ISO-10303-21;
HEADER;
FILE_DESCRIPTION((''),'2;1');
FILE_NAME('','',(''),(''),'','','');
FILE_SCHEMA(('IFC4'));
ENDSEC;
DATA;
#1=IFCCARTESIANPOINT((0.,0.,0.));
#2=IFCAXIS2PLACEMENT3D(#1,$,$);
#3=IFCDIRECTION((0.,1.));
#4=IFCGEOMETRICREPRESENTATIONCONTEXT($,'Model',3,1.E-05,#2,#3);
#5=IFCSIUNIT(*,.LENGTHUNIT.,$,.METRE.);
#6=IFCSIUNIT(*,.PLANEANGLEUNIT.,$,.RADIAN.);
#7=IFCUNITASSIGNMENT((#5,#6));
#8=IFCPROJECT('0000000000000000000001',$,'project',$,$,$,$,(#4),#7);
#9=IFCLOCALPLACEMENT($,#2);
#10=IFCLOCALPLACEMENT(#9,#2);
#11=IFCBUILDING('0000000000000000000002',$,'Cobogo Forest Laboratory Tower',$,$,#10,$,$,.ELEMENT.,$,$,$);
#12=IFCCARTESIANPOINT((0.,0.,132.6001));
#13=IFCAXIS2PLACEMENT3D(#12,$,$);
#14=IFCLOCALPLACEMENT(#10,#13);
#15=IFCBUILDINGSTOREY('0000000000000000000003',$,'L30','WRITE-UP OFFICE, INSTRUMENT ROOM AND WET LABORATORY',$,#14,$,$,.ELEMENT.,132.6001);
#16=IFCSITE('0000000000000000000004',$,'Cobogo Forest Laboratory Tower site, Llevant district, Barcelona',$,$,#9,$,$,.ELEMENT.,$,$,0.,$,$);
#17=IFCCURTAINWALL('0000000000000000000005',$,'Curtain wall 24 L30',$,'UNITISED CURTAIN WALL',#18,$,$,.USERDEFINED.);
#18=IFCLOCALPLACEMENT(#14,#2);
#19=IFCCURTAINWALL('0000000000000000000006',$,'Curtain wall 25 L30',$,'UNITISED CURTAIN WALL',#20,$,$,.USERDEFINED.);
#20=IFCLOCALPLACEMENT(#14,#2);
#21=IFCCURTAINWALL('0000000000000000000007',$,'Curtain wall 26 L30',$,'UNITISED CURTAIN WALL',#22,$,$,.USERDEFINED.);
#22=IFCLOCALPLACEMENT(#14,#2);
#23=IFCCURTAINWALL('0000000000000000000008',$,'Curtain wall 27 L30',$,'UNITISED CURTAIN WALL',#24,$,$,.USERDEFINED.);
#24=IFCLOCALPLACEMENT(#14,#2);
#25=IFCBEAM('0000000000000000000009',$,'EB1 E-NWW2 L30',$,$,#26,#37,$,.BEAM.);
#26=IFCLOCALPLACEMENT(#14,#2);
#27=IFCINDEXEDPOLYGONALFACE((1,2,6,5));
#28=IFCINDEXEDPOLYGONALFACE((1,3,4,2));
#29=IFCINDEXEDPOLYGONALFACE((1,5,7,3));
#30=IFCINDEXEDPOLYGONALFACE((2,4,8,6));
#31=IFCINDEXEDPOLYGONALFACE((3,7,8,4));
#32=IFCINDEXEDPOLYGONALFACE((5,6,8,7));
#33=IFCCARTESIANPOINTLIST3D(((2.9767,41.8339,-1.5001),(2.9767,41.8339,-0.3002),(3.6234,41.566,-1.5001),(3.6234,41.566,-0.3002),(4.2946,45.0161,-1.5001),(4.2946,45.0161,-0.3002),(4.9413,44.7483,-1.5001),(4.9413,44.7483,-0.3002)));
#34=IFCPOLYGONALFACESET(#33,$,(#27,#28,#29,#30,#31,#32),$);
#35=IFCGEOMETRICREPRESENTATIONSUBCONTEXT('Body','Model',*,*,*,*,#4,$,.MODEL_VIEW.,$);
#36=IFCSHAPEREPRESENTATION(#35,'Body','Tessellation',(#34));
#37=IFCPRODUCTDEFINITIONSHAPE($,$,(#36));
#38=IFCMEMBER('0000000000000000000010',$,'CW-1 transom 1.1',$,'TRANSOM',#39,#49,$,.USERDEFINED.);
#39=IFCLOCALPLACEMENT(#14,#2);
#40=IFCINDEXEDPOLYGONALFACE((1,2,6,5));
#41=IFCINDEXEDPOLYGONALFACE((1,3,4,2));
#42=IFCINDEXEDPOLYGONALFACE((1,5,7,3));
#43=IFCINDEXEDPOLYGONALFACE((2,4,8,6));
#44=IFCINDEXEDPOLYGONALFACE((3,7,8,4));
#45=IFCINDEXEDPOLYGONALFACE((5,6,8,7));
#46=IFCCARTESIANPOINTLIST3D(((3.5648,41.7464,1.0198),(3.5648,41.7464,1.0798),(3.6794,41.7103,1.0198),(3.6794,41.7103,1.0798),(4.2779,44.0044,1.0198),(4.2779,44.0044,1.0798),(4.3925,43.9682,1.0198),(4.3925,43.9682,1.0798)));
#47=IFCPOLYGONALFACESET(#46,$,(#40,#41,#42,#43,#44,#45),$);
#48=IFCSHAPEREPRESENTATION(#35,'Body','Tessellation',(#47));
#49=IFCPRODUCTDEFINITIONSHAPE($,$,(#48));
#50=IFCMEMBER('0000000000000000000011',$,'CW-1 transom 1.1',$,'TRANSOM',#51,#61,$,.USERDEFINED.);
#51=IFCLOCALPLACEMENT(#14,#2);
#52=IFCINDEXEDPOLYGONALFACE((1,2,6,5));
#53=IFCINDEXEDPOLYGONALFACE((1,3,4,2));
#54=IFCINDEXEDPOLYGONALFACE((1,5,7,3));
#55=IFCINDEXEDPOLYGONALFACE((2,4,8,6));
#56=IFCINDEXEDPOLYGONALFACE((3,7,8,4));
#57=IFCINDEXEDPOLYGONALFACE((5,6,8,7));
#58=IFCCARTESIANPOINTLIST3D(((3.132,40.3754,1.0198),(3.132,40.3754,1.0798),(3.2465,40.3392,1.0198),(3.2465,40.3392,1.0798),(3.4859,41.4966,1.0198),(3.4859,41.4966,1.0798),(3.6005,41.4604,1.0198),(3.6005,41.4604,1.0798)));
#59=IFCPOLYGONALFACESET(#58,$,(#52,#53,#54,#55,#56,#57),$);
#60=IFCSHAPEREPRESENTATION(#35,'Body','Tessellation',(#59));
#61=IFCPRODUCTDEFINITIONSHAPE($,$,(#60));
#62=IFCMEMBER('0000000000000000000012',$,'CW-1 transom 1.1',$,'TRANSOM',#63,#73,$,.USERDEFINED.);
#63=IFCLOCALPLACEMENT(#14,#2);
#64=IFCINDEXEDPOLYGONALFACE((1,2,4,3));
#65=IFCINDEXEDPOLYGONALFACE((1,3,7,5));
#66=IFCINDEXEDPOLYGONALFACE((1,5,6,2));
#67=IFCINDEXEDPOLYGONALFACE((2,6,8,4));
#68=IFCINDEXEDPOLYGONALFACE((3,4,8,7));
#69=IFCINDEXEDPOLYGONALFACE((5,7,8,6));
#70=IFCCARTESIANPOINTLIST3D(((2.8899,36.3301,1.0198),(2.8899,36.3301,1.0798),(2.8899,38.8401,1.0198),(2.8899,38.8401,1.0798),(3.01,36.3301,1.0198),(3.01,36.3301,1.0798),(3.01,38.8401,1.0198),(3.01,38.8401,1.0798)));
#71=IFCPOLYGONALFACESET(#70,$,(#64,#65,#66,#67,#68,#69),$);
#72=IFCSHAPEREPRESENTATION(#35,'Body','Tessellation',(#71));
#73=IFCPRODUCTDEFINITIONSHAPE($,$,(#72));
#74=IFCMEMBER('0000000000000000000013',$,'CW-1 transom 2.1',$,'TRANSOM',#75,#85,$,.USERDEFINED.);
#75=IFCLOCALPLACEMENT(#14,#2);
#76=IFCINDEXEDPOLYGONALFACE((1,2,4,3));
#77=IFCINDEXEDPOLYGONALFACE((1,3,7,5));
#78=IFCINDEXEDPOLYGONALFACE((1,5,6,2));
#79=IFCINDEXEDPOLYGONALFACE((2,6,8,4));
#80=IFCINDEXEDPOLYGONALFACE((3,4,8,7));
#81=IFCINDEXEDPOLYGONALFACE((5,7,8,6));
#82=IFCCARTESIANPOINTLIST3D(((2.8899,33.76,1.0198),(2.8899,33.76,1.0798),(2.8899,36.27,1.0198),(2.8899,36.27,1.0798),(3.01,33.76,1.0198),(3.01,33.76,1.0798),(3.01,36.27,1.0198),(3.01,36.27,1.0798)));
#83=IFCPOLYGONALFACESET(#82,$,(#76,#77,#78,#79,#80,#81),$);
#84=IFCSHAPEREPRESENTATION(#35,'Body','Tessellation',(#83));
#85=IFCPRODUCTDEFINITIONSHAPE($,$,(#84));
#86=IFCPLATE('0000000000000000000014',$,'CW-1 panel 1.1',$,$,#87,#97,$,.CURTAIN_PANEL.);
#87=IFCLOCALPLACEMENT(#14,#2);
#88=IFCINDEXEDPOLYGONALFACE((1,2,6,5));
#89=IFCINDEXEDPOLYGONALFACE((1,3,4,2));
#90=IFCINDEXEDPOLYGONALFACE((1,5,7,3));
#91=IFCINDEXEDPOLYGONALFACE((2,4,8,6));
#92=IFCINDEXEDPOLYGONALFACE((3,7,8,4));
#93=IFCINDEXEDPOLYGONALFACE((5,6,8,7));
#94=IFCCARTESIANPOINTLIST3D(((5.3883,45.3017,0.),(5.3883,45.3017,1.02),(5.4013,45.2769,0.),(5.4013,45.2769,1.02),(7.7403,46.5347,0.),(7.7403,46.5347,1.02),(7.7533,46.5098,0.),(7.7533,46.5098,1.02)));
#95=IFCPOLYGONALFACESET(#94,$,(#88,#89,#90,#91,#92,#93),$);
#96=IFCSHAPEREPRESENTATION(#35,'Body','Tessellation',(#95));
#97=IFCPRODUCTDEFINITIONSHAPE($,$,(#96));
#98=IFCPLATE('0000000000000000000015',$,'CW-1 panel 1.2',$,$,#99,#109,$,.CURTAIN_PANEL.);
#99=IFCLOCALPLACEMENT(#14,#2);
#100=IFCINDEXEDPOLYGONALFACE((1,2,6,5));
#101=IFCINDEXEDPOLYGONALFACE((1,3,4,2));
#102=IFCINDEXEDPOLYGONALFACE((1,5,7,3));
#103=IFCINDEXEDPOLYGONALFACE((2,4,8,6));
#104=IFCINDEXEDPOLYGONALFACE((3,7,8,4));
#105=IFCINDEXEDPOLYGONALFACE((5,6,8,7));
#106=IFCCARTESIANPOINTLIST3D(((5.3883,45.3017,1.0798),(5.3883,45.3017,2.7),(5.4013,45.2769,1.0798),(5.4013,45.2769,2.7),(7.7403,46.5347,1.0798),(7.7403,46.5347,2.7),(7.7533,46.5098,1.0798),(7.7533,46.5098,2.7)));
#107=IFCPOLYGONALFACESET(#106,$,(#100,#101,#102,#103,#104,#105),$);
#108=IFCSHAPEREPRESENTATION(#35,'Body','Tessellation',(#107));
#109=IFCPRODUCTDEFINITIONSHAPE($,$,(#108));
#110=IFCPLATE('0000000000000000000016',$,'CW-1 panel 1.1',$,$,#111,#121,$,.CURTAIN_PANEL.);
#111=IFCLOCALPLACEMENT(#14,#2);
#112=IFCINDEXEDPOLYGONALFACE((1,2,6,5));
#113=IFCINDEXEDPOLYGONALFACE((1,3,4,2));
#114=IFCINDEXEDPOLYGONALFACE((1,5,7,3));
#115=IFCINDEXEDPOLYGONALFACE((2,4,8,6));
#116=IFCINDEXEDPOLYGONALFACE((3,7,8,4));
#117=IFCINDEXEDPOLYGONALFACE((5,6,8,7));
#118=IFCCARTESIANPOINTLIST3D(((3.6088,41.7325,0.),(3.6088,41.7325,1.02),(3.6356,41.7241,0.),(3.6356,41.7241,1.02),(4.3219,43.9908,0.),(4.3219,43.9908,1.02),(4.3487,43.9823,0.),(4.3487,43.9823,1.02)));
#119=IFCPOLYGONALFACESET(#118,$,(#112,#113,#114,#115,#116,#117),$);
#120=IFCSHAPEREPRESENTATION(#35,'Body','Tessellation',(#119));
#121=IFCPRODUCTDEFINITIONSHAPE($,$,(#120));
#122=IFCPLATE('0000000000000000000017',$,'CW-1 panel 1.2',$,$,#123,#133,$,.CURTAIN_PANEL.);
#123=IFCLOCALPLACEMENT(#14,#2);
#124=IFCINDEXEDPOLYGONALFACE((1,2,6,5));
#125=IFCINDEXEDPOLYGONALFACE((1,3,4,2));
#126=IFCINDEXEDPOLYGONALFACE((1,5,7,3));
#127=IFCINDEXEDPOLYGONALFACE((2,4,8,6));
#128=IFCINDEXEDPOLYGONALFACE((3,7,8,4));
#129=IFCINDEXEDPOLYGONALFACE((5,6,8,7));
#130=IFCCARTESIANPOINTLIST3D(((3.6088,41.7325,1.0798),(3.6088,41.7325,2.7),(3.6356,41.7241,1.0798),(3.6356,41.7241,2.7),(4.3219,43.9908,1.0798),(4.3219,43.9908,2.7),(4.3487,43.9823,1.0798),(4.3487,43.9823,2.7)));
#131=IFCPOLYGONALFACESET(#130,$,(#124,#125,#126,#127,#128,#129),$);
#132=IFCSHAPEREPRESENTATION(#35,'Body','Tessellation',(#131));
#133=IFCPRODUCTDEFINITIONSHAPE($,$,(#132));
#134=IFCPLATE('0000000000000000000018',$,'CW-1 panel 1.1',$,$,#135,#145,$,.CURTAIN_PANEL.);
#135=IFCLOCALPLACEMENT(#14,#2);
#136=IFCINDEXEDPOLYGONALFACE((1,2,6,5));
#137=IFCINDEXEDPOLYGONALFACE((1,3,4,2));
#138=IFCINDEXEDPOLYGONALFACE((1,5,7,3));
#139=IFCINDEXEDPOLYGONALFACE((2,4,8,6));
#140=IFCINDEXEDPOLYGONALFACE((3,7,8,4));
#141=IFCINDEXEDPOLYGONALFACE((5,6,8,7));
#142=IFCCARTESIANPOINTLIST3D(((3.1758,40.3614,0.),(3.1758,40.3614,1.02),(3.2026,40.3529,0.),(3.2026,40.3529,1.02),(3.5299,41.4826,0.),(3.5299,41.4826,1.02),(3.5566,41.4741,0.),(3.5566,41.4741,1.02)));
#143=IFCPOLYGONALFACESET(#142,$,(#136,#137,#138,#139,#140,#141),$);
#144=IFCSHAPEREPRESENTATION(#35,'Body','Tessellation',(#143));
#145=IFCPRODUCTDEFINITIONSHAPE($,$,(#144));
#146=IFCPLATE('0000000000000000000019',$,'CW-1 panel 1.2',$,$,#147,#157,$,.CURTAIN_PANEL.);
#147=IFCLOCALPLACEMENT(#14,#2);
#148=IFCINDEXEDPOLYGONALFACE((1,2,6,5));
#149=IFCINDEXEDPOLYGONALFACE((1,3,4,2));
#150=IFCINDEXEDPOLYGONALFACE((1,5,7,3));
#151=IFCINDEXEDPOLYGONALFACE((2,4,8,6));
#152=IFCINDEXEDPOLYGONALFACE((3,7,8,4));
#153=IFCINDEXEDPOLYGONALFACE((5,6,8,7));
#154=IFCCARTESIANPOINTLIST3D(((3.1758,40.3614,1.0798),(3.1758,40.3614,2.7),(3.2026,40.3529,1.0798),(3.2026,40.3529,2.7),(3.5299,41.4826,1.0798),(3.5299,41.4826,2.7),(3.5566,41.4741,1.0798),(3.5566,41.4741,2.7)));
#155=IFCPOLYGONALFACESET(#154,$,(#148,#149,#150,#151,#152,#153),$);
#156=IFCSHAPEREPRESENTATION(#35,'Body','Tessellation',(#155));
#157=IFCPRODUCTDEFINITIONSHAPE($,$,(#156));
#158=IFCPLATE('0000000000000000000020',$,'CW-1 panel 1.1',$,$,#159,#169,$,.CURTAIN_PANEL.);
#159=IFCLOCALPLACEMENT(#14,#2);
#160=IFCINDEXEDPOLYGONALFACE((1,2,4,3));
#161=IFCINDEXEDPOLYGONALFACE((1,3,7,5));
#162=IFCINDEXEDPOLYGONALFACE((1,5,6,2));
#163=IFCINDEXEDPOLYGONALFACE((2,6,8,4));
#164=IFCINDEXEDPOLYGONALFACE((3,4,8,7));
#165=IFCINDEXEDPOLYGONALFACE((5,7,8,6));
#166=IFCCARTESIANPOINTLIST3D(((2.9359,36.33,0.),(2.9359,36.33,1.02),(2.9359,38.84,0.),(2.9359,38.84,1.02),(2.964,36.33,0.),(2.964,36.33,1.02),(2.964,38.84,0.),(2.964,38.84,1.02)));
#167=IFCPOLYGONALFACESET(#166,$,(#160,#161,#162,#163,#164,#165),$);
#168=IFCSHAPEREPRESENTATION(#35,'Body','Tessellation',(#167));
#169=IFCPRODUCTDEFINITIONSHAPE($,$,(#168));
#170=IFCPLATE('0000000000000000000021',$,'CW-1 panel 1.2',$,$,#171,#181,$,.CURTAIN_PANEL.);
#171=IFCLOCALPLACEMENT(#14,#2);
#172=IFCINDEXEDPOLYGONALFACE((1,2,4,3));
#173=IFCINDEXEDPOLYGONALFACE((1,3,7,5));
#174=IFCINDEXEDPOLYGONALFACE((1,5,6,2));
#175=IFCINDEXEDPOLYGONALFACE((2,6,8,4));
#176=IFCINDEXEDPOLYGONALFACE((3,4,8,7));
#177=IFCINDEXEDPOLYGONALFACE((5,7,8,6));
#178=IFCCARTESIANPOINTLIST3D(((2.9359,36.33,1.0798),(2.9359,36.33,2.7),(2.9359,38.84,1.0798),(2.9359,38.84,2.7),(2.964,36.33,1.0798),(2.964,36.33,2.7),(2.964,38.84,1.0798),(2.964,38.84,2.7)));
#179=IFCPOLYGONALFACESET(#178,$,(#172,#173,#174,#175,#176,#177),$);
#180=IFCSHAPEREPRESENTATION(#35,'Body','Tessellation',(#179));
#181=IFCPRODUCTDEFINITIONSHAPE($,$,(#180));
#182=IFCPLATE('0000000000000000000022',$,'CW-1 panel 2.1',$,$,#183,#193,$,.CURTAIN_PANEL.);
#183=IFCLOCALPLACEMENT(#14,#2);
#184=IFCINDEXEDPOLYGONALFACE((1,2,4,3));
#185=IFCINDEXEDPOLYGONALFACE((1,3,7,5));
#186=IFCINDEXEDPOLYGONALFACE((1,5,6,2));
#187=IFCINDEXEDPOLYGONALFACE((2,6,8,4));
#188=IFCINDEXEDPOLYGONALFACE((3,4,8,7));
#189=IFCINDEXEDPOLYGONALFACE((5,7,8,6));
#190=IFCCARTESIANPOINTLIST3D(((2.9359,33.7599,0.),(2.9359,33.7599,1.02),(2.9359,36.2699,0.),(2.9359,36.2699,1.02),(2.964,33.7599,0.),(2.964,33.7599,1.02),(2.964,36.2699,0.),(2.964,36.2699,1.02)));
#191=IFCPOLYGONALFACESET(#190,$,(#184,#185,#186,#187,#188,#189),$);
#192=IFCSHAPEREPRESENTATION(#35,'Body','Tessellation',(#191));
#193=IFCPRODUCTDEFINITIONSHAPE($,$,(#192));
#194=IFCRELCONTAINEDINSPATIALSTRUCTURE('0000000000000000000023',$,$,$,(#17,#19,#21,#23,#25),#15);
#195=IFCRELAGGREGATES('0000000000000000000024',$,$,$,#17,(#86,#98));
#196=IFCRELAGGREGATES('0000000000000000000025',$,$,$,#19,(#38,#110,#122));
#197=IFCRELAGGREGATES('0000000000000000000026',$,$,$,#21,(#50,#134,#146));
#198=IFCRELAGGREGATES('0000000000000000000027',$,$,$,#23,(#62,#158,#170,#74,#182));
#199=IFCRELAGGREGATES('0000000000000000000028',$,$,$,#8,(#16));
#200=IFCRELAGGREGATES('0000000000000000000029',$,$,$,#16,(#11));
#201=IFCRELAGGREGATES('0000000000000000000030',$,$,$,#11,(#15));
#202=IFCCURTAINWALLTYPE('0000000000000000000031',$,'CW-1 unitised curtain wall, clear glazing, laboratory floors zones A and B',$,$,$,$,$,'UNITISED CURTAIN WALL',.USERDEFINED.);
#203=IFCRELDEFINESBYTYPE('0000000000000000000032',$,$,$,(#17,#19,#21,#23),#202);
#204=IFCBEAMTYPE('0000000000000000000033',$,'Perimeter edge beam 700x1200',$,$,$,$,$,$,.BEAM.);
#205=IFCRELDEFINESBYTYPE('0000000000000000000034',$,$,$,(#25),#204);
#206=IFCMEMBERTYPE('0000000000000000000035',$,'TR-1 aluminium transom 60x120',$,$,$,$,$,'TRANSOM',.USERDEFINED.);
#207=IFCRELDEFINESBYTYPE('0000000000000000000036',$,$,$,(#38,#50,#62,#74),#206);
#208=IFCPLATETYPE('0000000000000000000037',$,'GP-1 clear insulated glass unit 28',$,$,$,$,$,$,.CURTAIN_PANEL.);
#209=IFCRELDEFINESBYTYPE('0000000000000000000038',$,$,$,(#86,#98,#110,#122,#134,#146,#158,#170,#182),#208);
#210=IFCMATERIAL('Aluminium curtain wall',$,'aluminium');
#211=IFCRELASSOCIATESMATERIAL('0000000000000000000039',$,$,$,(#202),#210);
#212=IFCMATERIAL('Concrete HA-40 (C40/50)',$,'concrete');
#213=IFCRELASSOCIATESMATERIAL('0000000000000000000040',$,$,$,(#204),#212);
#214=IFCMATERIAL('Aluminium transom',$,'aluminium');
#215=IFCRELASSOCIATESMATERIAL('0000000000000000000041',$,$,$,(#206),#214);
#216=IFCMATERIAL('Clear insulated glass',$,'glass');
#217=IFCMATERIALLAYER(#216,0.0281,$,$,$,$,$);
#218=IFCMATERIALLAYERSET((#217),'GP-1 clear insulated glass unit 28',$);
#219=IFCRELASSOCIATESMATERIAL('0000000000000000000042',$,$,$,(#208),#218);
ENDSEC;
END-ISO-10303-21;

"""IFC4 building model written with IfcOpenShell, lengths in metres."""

from ifc_helpers import new_model, si_unit, direction, frame, origin, origin_2d, place, context, subcontext, project, spatial, rectangle, extrude, material, layer, layer_set, material_profile, profile_set, type_object, element, aggregate, save


model = new_model("IFC4")

# Units and contexts
model_context = context("Model", 3, precision=1e-05, world=origin(), true_north=direction((0.0, 1.0)))
body_context = subcontext(model_context, "Body", "Model", "MODEL_VIEW")
ifc_project = project(units=[si_unit("LENGTHUNIT", "METRE"), si_unit("PLANEANGLEUNIT", "RADIAN")], contexts=[model_context])

# Site, building, storey
site_placement = place(None, origin())
site = spatial("IfcSite", under=ifc_project, at=site_placement, Name="Cobogo Forest Laboratory Tower site, Llevant district, Barcelona", CompositionType="ELEMENT", RefElevation=0.0)
building_placement = place(site_placement, origin())
building = spatial("IfcBuilding", under=site, at=building_placement, Name="Cobogo Forest Laboratory Tower", CompositionType="ELEMENT")
storey_placement = place(building_placement, frame((0.0, 0.0, 132.6001)))
storey = spatial("IfcBuildingStorey", under=building, at=storey_placement, Name="L30", Description="WRITE-UP OFFICE, INSTRUMENT ROOM AND WET LABORATORY", CompositionType="ELEMENT", Elevation=132.6001)

# Curtain wall
ifc_material_1 = material(Name="Aluminium curtain wall", Category="aluminium")
curtain_wall_type = type_object("IfcCurtainWallType", Name="CW-1 unitised curtain wall, clear glazing, laboratory floors zones A and B", ElementType="UNITISED CURTAIN WALL", PredefinedType="USERDEFINED", material=ifc_material_1)
curtain_wall_1_placement = place(storey_placement, origin())
curtain_wall_1 = element("IfcCurtainWall", 1, at=curtain_wall_1_placement, inside=storey, type_object=curtain_wall_type, Name="Curtain wall 24 L30", ObjectType="UNITISED CURTAIN WALL", PredefinedType="USERDEFINED")

# Curtain walls
curtain_wall_2_placement = place(storey_placement, origin())
curtain_wall_2 = element("IfcCurtainWall", 2, at=curtain_wall_2_placement, inside=storey, type_object=curtain_wall_type, Name="Curtain wall 25 L30", ObjectType="UNITISED CURTAIN WALL", PredefinedType="USERDEFINED")
curtain_wall_3_placement = place(storey_placement, origin())
curtain_wall_3 = element("IfcCurtainWall", 3, at=curtain_wall_3_placement, inside=storey, type_object=curtain_wall_type, Name="Curtain wall 26 L30", ObjectType="UNITISED CURTAIN WALL", PredefinedType="USERDEFINED")
curtain_wall_4_placement = place(storey_placement, origin())
curtain_wall_4 = element("IfcCurtainWall", 4, at=curtain_wall_4_placement, inside=storey, type_object=curtain_wall_type, Name="Curtain wall 27 L30", ObjectType="UNITISED CURTAIN WALL", PredefinedType="USERDEFINED")

# Beam
ifc_material_2 = material(Name="Concrete HA-40 (C40/50)", Category="concrete")
ifc_material_profile_1 = material_profile(ifc_material_2, rectangle(XDim=0.7, YDim=1.2, at=origin_2d()), Name="RC 700x1200")
ifc_profile_set_1 = profile_set([ifc_material_profile_1], Name="Concrete HA-40 (C40/50)")
beam_type_1 = type_object("IfcBeamType", Name="Perimeter edge beam 700x1200", PredefinedType="BEAM", material=ifc_profile_set_1)
beam_1_placement = place(storey_placement, frame((3.3, 41.7, -0.9001), z_axis=(0.382631, 0.923901, 0.0), x_axis=(-0.923901, 0.382631, 0.0)))
element("IfcBeam", 5, at=beam_1_placement, inside=storey, type_object=beam_type_1, Name="EB1 E-NWW2 L30", PredefinedType="BEAM", context=body_context, shape_type="SweptSolid", body=[
    extrude(rectangle(XDim=0.7, YDim=1.2, at=origin_2d()), origin(), (0.0, 0.0, 1.0), 3.4443),
])

# Members
ifc_material_3 = material(Name="Aluminium transom", Category="aluminium")
ifc_material_profile_2 = material_profile(ifc_material_3, rectangle(XDim=0.1201, YDim=0.0601, at=origin_2d()), Name="AL 60x120")
ifc_profile_set_2 = profile_set([ifc_material_profile_2], Name="Aluminium transom")
member_type_1 = type_object("IfcMemberType", Name="TR-1 aluminium transom 60x120", ElementType="TRANSOM", PredefinedType="USERDEFINED", material=ifc_profile_set_2)
member_1_placement = place(storey_placement, frame((4.3352, 43.9863, 1.0498), z_axis=(-0.301156, -0.953575, 0.0), x_axis=(0.953575, -0.301156, 0.0)))
member_1 = element("IfcMember", 6, at=member_1_placement, type_object=member_type_1, Name="CW-1 transom 1.1", ObjectType="TRANSOM", PredefinedType="USERDEFINED", context=body_context, shape_type="SweptSolid", body=[
    extrude(rectangle(XDim=0.1201, YDim=0.0601, at=origin_2d()), origin(), (0.0, 0.0, 1.0), 2.3679),
])
member_2_placement = place(storey_placement, frame((3.5432, 41.4785, 1.0498), z_axis=(-0.301052, -0.953608, 0.0), x_axis=(0.953608, -0.301052, 0.0)))
member_2 = element("IfcMember", 7, at=member_2_placement, type_object=member_type_1, Name="CW-1 transom 1.1", ObjectType="TRANSOM", PredefinedType="USERDEFINED", context=body_context, shape_type="SweptSolid", body=[
    extrude(rectangle(XDim=0.1201, YDim=0.0601, at=origin_2d()), origin(), (0.0, 0.0, 1.0), 1.1758),
])
member_3_placement = place(storey_placement, frame((2.95, 38.8401, 1.0498), z_axis=(0.0, -1.0, 0.0), x_axis=(1.0, 0.0, 0.0)))
member_3 = element("IfcMember", 8, at=member_3_placement, type_object=member_type_1, Name="CW-1 transom 1.1", ObjectType="TRANSOM", PredefinedType="USERDEFINED", context=body_context, shape_type="SweptSolid", body=[
    extrude(rectangle(XDim=0.1201, YDim=0.0601, at=origin_2d()), origin(), (0.0, 0.0, 1.0), 2.51),
])
member_4_placement = place(storey_placement, frame((2.95, 36.27, 1.0498), z_axis=(0.0, -1.0, 0.0), x_axis=(1.0, 0.0, 0.0)))
member_4 = element("IfcMember", 9, at=member_4_placement, type_object=member_type_1, Name="CW-1 transom 2.1", ObjectType="TRANSOM", PredefinedType="USERDEFINED", context=body_context, shape_type="SweptSolid", body=[
    extrude(rectangle(XDim=0.1201, YDim=0.0601, at=origin_2d()), origin(), (0.0, 0.0, 1.0), 2.51),
])

# Plates
ifc_material_4 = material(Name="Clear insulated glass", Category="glass")
ifc_layer_1 = layer(ifc_material_4, 0.0281)
ifc_layer_set_1 = layer_set([ifc_layer_1], Name="GP-1 clear insulated glass unit 28")
plate_type_1 = type_object("IfcPlateType", Name="GP-1 clear insulated glass unit 28", PredefinedType="CURTAIN_PANEL", material=ifc_layer_set_1)
plate_1_placement = place(storey_placement, frame((6.5708, 45.9058, 0.0), z_axis=(0.0, 0.0, 1.0), x_axis=(-0.885687, -0.464284, 0.0)))
plate_1 = element("IfcPlate", 10, at=plate_1_placement, type_object=plate_type_1, Name="CW-1 panel 1.1", PredefinedType="CURTAIN_PANEL", context=body_context, shape_type="SweptSolid", body=[
    extrude(rectangle(XDim=2.6555, YDim=0.0281, at=origin_2d()), origin(), (0.0, 0.0, 1.0), 1.02),
])
plate_2_placement = place(storey_placement, frame((6.5708, 45.9058, 1.0798), z_axis=(0.0, 0.0, 1.0), x_axis=(-0.885687, -0.464284, 0.0)))
plate_2 = element("IfcPlate", 11, at=plate_2_placement, type_object=plate_type_1, Name="CW-1 panel 1.2", PredefinedType="CURTAIN_PANEL", context=body_context, shape_type="SweptSolid", body=[
    extrude(rectangle(XDim=2.6555, YDim=0.0281, at=origin_2d()), origin(), (0.0, 0.0, 1.0), 1.6201),
])
aggregate(curtain_wall_1, [plate_1, plate_2])
plate_3_placement = place(storey_placement, frame((3.9788, 42.8574, 0.0), z_axis=(0.0, 0.0, 1.0), x_axis=(-0.301135, -0.953581, 0.0)))
plate_3 = element("IfcPlate", 12, at=plate_3_placement, type_object=plate_type_1, Name="CW-1 panel 1.1", PredefinedType="CURTAIN_PANEL", context=body_context, shape_type="SweptSolid", body=[
    extrude(rectangle(XDim=2.3682, YDim=0.0281, at=origin_2d()), origin(), (0.0, 0.0, 1.0), 1.02),
])
plate_4_placement = place(storey_placement, frame((3.9788, 42.8574, 1.0798), z_axis=(0.0, 0.0, 1.0), x_axis=(-0.301135, -0.953581, 0.0)))
plate_4 = element("IfcPlate", 13, at=plate_4_placement, type_object=plate_type_1, Name="CW-1 panel 1.2", PredefinedType="CURTAIN_PANEL", context=body_context, shape_type="SweptSolid", body=[
    extrude(rectangle(XDim=2.3682, YDim=0.0281, at=origin_2d()), origin(), (0.0, 0.0, 1.0), 1.6201),
])
aggregate(curtain_wall_2, [member_1, plate_3, plate_4])
plate_5_placement = place(storey_placement, frame((3.3662, 40.9177, 0.0), z_axis=(0.0, 0.0, 1.0), x_axis=(-0.301135, -0.953581, 0.0)))
plate_5 = element("IfcPlate", 14, at=plate_5_placement, type_object=plate_type_1, Name="CW-1 panel 1.1", PredefinedType="CURTAIN_PANEL", context=body_context, shape_type="SweptSolid", body=[
    extrude(rectangle(XDim=1.1758, YDim=0.0281, at=origin_2d()), origin(), (0.0, 0.0, 1.0), 1.02),
])
plate_6_placement = place(storey_placement, frame((3.3662, 40.9177, 1.0798), z_axis=(0.0, 0.0, 1.0), x_axis=(-0.301135, -0.953581, 0.0)))
plate_6 = element("IfcPlate", 15, at=plate_6_placement, type_object=plate_type_1, Name="CW-1 panel 1.2", PredefinedType="CURTAIN_PANEL", context=body_context, shape_type="SweptSolid", body=[
    extrude(rectangle(XDim=1.1758, YDim=0.0281, at=origin_2d()), origin(), (0.0, 0.0, 1.0), 1.6201),
])
aggregate(curtain_wall_3, [member_2, plate_5, plate_6])
plate_7_placement = place(storey_placement, frame((2.95, 37.585, 0.0), z_axis=(0.0, 0.0, 1.0), x_axis=(0.0, -1.0, 0.0)))
plate_7 = element("IfcPlate", 16, at=plate_7_placement, type_object=plate_type_1, Name="CW-1 panel 1.1", PredefinedType="CURTAIN_PANEL", context=body_context, shape_type="SweptSolid", body=[
    extrude(rectangle(XDim=2.51, YDim=0.0281, at=origin_2d()), origin(), (0.0, 0.0, 1.0), 1.02),
])
plate_8_placement = place(storey_placement, frame((2.95, 37.585, 1.0798), z_axis=(0.0, 0.0, 1.0), x_axis=(0.0, -1.0, 0.0)))
plate_8 = element("IfcPlate", 17, at=plate_8_placement, type_object=plate_type_1, Name="CW-1 panel 1.2", PredefinedType="CURTAIN_PANEL", context=body_context, shape_type="SweptSolid", body=[
    extrude(rectangle(XDim=2.51, YDim=0.0281, at=origin_2d()), origin(), (0.0, 0.0, 1.0), 1.6201),
])
plate_9_placement = place(storey_placement, frame((2.95, 35.0149, 0.0), z_axis=(0.0, 0.0, 1.0), x_axis=(0.0, -1.0, 0.0)))
plate_9 = element("IfcPlate", 18, at=plate_9_placement, type_object=plate_type_1, Name="CW-1 panel 2.1", PredefinedType="CURTAIN_PANEL", context=body_context, shape_type="SweptSolid", body=[
    extrude(rectangle(XDim=2.51, YDim=0.0281, at=origin_2d()), origin(), (0.0, 0.0, 1.0), 1.02),
])
aggregate(curtain_wall_4, [member_3, plate_7, plate_8, member_4, plate_9])

save(model, "model.ifc")
